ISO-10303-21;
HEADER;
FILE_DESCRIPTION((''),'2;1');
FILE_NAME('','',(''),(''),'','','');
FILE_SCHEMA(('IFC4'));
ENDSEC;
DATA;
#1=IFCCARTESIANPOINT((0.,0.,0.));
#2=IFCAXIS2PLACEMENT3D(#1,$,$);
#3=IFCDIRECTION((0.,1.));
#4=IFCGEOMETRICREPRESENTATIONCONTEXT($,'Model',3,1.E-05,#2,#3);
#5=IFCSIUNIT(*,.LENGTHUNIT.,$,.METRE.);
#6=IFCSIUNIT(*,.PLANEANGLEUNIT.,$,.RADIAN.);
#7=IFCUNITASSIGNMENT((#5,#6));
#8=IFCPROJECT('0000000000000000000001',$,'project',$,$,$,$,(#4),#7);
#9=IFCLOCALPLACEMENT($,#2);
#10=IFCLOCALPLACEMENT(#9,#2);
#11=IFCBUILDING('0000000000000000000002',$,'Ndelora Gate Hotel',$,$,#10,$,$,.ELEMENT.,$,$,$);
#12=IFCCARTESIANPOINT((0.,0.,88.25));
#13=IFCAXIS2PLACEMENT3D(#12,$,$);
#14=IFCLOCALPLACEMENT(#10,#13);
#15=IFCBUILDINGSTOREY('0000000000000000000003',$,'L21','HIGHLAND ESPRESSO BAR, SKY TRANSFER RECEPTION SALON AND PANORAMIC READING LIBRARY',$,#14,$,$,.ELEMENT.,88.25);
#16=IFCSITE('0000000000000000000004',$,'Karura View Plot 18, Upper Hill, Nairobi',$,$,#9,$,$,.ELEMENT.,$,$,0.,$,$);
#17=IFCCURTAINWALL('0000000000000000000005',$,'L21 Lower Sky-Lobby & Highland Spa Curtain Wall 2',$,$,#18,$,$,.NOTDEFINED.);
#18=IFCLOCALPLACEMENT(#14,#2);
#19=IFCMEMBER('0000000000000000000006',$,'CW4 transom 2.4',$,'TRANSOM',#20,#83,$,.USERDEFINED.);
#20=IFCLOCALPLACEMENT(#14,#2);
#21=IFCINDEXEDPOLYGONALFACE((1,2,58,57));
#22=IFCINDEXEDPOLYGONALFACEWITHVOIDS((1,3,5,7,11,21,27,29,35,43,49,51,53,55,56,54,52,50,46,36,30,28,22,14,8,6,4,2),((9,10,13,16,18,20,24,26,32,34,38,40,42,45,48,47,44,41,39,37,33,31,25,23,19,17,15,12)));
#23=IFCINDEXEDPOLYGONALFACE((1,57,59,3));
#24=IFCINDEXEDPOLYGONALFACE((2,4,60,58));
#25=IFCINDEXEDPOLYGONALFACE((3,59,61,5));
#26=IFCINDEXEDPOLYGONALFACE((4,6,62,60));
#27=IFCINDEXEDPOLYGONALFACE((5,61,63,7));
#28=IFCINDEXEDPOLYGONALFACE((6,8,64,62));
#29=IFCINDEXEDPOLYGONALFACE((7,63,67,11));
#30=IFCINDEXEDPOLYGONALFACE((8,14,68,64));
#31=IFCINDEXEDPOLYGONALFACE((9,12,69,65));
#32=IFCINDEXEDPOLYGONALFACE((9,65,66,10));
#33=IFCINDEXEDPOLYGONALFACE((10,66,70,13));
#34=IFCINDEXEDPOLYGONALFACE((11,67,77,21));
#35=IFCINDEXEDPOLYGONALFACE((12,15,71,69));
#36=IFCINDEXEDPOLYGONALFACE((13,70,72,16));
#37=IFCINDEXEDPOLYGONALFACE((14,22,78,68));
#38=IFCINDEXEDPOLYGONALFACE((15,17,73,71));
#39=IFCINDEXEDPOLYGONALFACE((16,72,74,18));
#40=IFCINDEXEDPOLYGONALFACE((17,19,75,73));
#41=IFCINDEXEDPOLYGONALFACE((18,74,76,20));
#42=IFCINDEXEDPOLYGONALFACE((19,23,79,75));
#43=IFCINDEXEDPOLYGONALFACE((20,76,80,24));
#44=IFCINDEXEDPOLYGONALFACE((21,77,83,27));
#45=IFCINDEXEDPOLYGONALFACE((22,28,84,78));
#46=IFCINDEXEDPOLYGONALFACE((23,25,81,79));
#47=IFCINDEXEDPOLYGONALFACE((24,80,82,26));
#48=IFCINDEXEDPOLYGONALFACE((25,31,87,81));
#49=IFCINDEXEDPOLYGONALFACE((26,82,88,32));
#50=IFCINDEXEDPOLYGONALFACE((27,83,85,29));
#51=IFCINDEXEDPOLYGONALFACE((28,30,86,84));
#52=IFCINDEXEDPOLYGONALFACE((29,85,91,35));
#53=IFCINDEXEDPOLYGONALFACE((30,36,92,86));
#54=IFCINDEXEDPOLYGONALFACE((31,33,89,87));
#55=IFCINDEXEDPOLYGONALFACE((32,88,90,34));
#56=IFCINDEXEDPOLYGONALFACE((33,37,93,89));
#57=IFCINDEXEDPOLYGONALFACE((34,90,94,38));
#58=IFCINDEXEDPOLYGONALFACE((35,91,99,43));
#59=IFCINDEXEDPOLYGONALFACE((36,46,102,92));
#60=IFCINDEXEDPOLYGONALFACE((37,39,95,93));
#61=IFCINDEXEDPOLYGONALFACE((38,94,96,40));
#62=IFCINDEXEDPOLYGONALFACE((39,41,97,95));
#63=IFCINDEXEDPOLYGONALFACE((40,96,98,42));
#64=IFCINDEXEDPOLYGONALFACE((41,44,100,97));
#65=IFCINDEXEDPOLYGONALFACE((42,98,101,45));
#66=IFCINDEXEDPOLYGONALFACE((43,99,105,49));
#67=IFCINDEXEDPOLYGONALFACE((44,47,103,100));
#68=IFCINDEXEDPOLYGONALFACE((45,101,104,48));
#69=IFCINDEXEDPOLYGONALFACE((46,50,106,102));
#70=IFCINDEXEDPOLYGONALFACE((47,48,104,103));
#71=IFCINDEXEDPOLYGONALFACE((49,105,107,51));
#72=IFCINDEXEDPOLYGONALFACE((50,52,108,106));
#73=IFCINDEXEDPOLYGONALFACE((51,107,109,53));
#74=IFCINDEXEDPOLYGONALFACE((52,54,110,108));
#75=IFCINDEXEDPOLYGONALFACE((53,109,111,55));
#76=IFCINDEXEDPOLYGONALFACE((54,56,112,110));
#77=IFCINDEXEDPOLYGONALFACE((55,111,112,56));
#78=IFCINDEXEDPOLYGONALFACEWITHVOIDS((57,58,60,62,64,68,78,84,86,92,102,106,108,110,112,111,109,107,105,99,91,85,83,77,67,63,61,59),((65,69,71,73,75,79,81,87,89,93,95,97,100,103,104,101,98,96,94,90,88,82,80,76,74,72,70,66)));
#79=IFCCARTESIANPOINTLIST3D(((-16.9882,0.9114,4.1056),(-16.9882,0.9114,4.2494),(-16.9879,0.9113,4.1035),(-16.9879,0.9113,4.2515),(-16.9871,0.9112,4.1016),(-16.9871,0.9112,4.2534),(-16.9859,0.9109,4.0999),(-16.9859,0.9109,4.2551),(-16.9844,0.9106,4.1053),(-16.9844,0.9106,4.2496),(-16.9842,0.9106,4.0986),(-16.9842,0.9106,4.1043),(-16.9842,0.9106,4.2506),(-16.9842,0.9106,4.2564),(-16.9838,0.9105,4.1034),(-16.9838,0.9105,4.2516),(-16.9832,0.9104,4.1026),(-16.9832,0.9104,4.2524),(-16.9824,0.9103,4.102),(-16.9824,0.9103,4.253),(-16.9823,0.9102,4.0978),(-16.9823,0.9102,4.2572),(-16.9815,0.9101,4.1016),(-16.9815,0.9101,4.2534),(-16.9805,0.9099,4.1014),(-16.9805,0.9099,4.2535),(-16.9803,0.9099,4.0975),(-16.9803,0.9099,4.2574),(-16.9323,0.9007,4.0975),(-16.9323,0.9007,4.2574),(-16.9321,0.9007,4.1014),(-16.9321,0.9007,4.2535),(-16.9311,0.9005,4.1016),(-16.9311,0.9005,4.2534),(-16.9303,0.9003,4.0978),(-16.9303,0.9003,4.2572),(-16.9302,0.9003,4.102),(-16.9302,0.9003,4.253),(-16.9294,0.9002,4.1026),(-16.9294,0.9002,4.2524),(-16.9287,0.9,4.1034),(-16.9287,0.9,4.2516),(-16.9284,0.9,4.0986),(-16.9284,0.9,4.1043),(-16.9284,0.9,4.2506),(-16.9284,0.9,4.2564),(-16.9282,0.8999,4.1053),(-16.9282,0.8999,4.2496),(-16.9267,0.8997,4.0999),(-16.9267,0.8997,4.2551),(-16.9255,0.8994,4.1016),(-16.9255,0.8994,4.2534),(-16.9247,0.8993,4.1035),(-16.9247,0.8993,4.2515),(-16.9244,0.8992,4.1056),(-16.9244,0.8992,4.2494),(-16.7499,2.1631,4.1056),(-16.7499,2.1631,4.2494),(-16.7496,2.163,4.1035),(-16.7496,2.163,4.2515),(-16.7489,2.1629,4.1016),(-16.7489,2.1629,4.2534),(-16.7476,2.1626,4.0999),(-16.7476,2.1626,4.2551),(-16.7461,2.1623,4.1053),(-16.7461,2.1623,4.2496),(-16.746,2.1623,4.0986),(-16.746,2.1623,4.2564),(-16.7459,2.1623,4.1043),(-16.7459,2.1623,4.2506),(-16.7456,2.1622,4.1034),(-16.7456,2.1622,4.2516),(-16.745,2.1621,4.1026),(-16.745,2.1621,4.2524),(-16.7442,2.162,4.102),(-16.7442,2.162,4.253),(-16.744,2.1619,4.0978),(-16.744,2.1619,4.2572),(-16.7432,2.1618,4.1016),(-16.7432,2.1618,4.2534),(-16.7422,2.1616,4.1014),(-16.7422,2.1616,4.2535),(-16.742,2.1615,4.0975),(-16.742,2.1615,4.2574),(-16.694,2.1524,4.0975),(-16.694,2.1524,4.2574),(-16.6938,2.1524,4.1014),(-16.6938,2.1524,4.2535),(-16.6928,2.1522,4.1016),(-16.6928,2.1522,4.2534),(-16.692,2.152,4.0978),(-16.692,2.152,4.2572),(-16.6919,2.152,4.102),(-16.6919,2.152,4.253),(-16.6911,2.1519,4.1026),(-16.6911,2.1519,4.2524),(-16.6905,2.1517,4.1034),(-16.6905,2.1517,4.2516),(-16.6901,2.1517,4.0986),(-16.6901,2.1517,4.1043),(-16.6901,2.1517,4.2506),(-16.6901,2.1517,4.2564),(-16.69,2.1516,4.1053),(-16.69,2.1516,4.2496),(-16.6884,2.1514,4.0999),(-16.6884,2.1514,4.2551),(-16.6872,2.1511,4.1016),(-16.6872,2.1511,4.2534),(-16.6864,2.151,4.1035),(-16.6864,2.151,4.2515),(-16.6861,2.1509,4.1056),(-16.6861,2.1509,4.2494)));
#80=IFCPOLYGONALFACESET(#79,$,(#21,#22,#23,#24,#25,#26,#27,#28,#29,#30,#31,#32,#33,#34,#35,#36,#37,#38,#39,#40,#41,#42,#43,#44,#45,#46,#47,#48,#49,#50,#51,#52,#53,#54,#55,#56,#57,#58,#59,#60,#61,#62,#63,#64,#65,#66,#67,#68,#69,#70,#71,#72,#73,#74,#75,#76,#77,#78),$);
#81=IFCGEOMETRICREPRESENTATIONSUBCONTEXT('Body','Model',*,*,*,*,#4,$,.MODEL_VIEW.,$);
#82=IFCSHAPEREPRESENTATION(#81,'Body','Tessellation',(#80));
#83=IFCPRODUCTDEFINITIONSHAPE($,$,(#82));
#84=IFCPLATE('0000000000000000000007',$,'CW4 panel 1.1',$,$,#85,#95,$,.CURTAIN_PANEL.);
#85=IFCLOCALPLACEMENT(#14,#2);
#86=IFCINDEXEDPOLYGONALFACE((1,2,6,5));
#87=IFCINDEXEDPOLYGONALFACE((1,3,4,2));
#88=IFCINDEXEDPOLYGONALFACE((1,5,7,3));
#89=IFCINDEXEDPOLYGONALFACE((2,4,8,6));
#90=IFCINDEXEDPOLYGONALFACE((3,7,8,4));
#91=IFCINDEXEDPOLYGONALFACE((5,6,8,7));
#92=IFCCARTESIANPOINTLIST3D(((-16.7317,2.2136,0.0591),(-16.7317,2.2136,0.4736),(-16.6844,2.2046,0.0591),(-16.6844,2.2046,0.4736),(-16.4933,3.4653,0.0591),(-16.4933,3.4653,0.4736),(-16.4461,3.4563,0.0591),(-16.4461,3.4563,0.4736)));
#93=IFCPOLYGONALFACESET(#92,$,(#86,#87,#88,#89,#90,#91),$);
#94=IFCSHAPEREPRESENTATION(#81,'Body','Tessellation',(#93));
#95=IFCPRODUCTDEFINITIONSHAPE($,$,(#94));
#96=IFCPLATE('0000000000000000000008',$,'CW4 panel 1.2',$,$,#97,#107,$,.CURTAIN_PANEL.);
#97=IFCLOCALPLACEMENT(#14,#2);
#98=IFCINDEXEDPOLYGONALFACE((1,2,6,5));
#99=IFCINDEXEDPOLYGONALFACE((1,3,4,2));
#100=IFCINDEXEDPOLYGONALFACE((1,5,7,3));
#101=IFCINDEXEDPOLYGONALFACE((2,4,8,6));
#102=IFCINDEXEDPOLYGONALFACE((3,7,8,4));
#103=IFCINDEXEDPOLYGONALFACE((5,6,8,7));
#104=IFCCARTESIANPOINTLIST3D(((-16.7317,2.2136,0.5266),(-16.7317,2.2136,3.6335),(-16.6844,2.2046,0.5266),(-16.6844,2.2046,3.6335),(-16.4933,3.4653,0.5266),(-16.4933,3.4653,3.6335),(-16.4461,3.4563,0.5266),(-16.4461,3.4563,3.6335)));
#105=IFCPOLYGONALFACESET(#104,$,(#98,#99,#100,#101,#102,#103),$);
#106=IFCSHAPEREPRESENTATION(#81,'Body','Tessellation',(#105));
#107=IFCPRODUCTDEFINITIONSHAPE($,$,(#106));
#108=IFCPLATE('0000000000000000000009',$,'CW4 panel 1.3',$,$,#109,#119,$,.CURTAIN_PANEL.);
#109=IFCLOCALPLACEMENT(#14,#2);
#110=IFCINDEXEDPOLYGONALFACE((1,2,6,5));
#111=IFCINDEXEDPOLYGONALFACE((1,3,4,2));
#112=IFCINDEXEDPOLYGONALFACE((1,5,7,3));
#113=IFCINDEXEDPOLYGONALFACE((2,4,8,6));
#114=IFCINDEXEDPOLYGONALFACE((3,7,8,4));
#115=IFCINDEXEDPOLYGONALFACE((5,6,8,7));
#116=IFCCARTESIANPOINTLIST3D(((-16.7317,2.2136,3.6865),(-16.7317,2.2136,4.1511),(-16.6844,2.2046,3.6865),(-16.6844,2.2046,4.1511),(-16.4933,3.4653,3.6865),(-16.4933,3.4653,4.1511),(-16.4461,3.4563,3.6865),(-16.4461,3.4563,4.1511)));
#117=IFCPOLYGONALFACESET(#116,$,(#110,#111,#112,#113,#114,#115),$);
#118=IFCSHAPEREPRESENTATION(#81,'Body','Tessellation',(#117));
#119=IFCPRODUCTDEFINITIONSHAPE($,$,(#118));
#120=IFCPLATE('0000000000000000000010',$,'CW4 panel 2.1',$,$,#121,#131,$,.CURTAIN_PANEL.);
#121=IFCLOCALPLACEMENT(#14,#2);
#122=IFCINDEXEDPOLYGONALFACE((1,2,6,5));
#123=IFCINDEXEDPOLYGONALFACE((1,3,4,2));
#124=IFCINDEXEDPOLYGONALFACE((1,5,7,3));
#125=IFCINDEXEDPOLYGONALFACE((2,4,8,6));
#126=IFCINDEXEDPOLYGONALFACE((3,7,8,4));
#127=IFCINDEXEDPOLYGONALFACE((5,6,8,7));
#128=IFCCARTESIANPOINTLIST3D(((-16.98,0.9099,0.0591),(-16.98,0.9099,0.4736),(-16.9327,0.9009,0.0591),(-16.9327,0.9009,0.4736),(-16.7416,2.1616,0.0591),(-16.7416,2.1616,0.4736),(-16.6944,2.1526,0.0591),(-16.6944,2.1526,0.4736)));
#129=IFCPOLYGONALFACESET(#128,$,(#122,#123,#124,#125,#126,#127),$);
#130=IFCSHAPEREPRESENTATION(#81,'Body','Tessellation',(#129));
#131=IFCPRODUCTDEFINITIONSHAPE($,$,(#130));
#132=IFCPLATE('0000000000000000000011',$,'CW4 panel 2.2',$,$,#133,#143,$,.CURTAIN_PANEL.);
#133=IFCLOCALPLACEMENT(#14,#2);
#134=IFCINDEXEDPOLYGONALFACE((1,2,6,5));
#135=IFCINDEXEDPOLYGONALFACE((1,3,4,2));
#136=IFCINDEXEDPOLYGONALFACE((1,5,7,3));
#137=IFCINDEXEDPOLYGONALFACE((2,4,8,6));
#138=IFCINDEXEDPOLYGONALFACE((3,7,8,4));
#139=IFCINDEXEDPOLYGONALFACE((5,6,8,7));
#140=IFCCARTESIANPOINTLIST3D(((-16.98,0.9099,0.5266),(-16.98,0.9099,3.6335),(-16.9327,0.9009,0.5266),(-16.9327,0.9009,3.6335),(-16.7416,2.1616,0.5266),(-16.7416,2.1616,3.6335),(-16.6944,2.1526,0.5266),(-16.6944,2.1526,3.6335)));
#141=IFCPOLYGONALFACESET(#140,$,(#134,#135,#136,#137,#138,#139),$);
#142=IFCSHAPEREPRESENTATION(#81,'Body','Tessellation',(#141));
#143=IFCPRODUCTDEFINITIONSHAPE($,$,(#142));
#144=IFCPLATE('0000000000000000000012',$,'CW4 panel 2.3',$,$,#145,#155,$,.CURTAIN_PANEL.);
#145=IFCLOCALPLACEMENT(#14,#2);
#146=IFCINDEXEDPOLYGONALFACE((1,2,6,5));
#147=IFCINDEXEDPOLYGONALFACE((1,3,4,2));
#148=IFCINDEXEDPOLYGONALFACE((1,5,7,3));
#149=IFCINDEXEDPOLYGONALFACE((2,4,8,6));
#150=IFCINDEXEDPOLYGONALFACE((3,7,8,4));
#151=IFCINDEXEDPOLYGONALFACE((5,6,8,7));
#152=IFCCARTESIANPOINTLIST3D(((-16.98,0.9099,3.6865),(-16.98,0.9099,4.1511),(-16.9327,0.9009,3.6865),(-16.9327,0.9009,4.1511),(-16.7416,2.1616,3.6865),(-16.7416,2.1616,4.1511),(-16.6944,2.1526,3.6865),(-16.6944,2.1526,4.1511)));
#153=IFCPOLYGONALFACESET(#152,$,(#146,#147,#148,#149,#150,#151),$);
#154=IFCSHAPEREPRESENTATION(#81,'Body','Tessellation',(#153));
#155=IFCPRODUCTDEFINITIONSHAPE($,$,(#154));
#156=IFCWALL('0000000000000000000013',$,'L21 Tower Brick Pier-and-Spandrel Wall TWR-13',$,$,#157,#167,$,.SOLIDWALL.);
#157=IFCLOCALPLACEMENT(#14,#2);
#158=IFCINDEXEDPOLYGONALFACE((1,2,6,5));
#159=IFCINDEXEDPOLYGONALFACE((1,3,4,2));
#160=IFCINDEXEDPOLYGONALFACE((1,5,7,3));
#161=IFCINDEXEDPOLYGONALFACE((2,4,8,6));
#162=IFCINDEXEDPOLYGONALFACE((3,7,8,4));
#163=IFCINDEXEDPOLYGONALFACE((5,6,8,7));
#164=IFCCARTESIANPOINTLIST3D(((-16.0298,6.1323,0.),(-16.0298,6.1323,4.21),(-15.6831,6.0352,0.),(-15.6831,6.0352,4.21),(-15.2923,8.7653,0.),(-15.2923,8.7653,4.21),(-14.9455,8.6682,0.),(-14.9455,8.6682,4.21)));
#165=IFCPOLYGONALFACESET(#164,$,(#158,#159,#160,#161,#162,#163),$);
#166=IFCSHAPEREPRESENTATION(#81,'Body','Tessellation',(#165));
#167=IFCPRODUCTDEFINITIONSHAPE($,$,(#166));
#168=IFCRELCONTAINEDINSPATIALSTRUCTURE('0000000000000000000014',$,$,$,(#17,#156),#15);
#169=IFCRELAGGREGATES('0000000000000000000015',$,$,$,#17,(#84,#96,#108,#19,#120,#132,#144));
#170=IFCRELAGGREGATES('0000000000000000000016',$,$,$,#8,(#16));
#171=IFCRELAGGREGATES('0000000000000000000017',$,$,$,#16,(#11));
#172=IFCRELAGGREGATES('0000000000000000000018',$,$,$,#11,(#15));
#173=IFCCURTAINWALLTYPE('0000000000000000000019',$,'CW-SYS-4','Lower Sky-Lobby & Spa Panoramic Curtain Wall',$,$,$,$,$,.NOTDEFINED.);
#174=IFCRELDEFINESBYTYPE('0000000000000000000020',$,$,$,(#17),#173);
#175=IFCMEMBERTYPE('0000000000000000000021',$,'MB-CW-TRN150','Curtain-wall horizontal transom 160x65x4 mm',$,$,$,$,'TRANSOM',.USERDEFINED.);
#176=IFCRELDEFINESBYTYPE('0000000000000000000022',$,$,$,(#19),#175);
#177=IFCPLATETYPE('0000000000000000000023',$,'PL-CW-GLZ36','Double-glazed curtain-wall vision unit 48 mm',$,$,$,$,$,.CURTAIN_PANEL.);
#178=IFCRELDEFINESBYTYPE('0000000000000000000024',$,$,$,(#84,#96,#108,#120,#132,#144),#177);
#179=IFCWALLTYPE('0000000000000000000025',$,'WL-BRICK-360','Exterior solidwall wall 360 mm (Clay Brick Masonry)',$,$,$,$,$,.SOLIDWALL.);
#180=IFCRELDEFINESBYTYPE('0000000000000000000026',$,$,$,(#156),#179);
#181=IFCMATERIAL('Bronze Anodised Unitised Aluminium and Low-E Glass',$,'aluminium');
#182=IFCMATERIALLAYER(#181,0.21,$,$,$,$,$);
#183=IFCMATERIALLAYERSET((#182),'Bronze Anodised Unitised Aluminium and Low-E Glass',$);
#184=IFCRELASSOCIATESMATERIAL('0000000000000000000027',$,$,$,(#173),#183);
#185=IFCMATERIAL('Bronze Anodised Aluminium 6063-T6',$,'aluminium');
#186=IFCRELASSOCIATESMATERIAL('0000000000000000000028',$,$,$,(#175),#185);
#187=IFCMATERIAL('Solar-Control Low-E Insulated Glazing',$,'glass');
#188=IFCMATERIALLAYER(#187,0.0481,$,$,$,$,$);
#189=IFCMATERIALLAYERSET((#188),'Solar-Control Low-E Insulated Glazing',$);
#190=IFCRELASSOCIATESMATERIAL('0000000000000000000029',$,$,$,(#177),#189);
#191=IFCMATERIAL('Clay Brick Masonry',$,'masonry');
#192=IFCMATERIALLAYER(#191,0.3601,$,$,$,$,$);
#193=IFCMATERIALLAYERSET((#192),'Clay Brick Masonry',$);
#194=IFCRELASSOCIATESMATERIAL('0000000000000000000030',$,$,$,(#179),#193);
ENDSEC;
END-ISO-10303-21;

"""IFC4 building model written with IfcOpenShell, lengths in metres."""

from ifc_helpers import new_model, si_unit, direction, frame, frame_2d, origin, origin_2d, place, context, subcontext, project, spatial, rectangle, hollow_rectangle, extrude, material, layer, layer_set, material_profile, profile_set, type_object, element, aggregate, save


model = new_model("IFC4")

# Units and contexts
model_context = context("Model", 3, precision=1e-05, world=origin(), true_north=direction((0.0, 1.0)))
body_context = subcontext(model_context, "Body", "Model", "MODEL_VIEW")
ifc_project = project(units=[si_unit("LENGTHUNIT", "METRE"), si_unit("PLANEANGLEUNIT", "RADIAN")], contexts=[model_context])

# Site, building, storey
site_placement = place(None, origin())
site = spatial("IfcSite", under=ifc_project, at=site_placement, Name="Karura View Plot 18, Upper Hill, Nairobi", CompositionType="ELEMENT", RefElevation=0.0)
building_placement = place(site_placement, origin())
building = spatial("IfcBuilding", under=site, at=building_placement, Name="Ndelora Gate Hotel", CompositionType="ELEMENT")
storey_placement = place(building_placement, frame((0.0, 0.0, 88.25)))
storey = spatial("IfcBuildingStorey", under=building, at=storey_placement, Name="L21", Description="HIGHLAND ESPRESSO BAR, SKY TRANSFER RECEPTION SALON AND PANORAMIC READING LIBRARY", CompositionType="ELEMENT", Elevation=88.25)

# Curtain wall, member, plates
ifc_material_1 = material(Name="Bronze Anodised Unitised Aluminium and Low-E Glass", Category="aluminium")
ifc_layer_1 = layer(ifc_material_1, 0.21)
ifc_layer_set_1 = layer_set([ifc_layer_1], Name="Bronze Anodised Unitised Aluminium and Low-E Glass")
curtain_wall_type = type_object("IfcCurtainWallType", Name="CW-SYS-4", Description="Lower Sky-Lobby & Spa Panoramic Curtain Wall", PredefinedType="NOTDEFINED", material=ifc_layer_set_1)
curtain_wall_placement = place(storey_placement, origin())
curtain_wall = element("IfcCurtainWall", 1, at=curtain_wall_placement, inside=storey, type_object=curtain_wall_type, Name="L21 Lower Sky-Lobby & Highland Spa Curtain Wall 2", PredefinedType="NOTDEFINED")
ifc_material_2 = material(Name="Bronze Anodised Aluminium 6063-T6", Category="aluminium")
ifc_material_profile_1 = material_profile(ifc_material_2, hollow_rectangle(XDim=0.0649, YDim=0.1599, WallThickness=0.0039, InnerFilletRadius=0.0039, OuterFilletRadius=0.0081, at=origin_2d()), Name="ALU 160x65x4")
ifc_profile_set_1 = profile_set([ifc_material_profile_1], Name="Bronze Anodised Aluminium 6063-T6")
member_type_1 = type_object("IfcMemberType", Name="MB-CW-TRN150", Description="Curtain-wall horizontal transom 160x65x4 mm", ElementType="TRANSOM", PredefinedType="USERDEFINED", material=ifc_profile_set_1)
member_1_placement = place(storey_placement, frame((-16.718, 2.157, 4.1775), z_axis=(-0.187006, -0.982359, 0.0), x_axis=(0.982359, -0.187006, 0.0)))
member_1 = element("IfcMember", 2, at=member_1_placement, type_object=member_type_1, Name="CW4 transom 2.4", ObjectType="TRANSOM", PredefinedType="USERDEFINED", context=body_context, shape_type="SweptSolid", body=[
    extrude(hollow_rectangle(XDim=0.0649, YDim=0.1599, WallThickness=0.0039, InnerFilletRadius=0.0039, OuterFilletRadius=0.0081, at=origin_2d()), origin(), (0.0, 0.0, 1.0), 1.2742),
])
ifc_material_3 = material(Name="Solar-Control Low-E Insulated Glazing", Category="glass")
ifc_layer_2 = layer(ifc_material_3, 0.0481)
ifc_layer_set_2 = layer_set([ifc_layer_2], Name="Solar-Control Low-E Insulated Glazing")
plate_type = type_object("IfcPlateType", Name="PL-CW-GLZ36", Description="Double-glazed curtain-wall vision unit 48 mm", PredefinedType="CURTAIN_PANEL", material=ifc_layer_set_2)
plate_1_placement = place(storey_placement, frame((-16.5889, 2.835, 0.0591), z_axis=(0.0, 0.0, 1.0), x_axis=(-0.187056, -0.982349, 0.0)))
plate_1 = element("IfcPlate", 3, at=plate_1_placement, type_object=plate_type, Name="CW4 panel 1.1", PredefinedType="CURTAIN_PANEL", context=body_context, shape_type="SweptSolid", body=[
    extrude(rectangle(XDim=1.2742, YDim=0.0481, at=origin_2d()), origin(), (0.0, 0.0, 1.0), 0.4146),
])
plate_2_placement = place(storey_placement, frame((-16.5889, 2.835, 0.5266), z_axis=(0.0, 0.0, 1.0), x_axis=(-0.187056, -0.982349, 0.0)))
plate_2 = element("IfcPlate", 4, at=plate_2_placement, type_object=plate_type, Name="CW4 panel 1.2", PredefinedType="CURTAIN_PANEL", context=body_context, shape_type="SweptSolid", body=[
    extrude(rectangle(XDim=1.2742, YDim=0.0481, at=origin_2d()), origin(), (0.0, 0.0, 1.0), 3.1069),
])
plate_3_placement = place(storey_placement, frame((-16.5889, 2.835, 3.6865), z_axis=(0.0, 0.0, 1.0), x_axis=(-0.187056, -0.982349, 0.0)))
plate_3 = element("IfcPlate", 5, at=plate_3_placement, type_object=plate_type, Name="CW4 panel 1.3", PredefinedType="CURTAIN_PANEL", context=body_context, shape_type="SweptSolid", body=[
    extrude(rectangle(XDim=1.2742, YDim=0.0481, at=origin_2d()), origin(), (0.0, 0.0, 1.0), 0.4646),
])
plate_4_placement = place(storey_placement, frame((-16.8372, 1.5312, 0.0591), z_axis=(0.0, 0.0, 1.0), x_axis=(-0.187056, -0.982349, 0.0)))
plate_4 = element("IfcPlate", 6, at=plate_4_placement, type_object=plate_type, Name="CW4 panel 2.1", PredefinedType="CURTAIN_PANEL", context=body_context, shape_type="SweptSolid", body=[
    extrude(rectangle(XDim=1.2742, YDim=0.0481, at=origin_2d()), origin(), (0.0, 0.0, 1.0), 0.4146),
])
plate_5_placement = place(storey_placement, frame((-16.8372, 1.5312, 0.5266), z_axis=(0.0, 0.0, 1.0), x_axis=(-0.187056, -0.982349, 0.0)))
plate_5 = element("IfcPlate", 7, at=plate_5_placement, type_object=plate_type, Name="CW4 panel 2.2", PredefinedType="CURTAIN_PANEL", context=body_context, shape_type="SweptSolid", body=[
    extrude(rectangle(XDim=1.2742, YDim=0.0481, at=origin_2d()), origin(), (0.0, 0.0, 1.0), 3.1069),
])
plate_6_placement = place(storey_placement, frame((-16.8372, 1.5312, 3.6865), z_axis=(0.0, 0.0, 1.0), x_axis=(-0.187056, -0.982349, 0.0)))
plate_6 = element("IfcPlate", 8, at=plate_6_placement, type_object=plate_type, Name="CW4 panel 2.3", PredefinedType="CURTAIN_PANEL", context=body_context, shape_type="SweptSolid", body=[
    extrude(rectangle(XDim=1.2742, YDim=0.0481, at=origin_2d()), origin(), (0.0, 0.0, 1.0), 0.4646),
])
aggregate(curtain_wall, [plate_1, plate_2, plate_3, member_1, plate_4, plate_5, plate_6])

# Wall
ifc_material_4 = material(Name="Clay Brick Masonry", Category="masonry")
ifc_layer_3 = layer(ifc_material_4, 0.3601)
ifc_layer_set_3 = layer_set([ifc_layer_3], Name="Clay Brick Masonry")
wall_type = type_object("IfcWallType", Name="WL-BRICK-360", Description="Exterior solidwall wall 360 mm (Clay Brick Masonry)", PredefinedType="SOLIDWALL", material=ifc_layer_set_3)
wall_1_placement = place(storey_placement, frame((-15.8564, 6.0837, 0.0), z_axis=(0.0, 0.0, 1.0), x_axis=(0.269729, 0.962936, 0.0)))
element("IfcWall", 9, at=wall_1_placement, inside=storey, type_object=wall_type, Name="L21 Tower Brick Pier-and-Spandrel Wall TWR-13", PredefinedType="SOLIDWALL", context=body_context, shape_type="SweptSolid", body=[
    extrude(rectangle(XDim=2.7344, YDim=0.3601, at=frame_2d((1.3672, 0.0))), origin(), (0.0, 0.0, 1.0), 4.21),
])

save(model, "model.ifc")
